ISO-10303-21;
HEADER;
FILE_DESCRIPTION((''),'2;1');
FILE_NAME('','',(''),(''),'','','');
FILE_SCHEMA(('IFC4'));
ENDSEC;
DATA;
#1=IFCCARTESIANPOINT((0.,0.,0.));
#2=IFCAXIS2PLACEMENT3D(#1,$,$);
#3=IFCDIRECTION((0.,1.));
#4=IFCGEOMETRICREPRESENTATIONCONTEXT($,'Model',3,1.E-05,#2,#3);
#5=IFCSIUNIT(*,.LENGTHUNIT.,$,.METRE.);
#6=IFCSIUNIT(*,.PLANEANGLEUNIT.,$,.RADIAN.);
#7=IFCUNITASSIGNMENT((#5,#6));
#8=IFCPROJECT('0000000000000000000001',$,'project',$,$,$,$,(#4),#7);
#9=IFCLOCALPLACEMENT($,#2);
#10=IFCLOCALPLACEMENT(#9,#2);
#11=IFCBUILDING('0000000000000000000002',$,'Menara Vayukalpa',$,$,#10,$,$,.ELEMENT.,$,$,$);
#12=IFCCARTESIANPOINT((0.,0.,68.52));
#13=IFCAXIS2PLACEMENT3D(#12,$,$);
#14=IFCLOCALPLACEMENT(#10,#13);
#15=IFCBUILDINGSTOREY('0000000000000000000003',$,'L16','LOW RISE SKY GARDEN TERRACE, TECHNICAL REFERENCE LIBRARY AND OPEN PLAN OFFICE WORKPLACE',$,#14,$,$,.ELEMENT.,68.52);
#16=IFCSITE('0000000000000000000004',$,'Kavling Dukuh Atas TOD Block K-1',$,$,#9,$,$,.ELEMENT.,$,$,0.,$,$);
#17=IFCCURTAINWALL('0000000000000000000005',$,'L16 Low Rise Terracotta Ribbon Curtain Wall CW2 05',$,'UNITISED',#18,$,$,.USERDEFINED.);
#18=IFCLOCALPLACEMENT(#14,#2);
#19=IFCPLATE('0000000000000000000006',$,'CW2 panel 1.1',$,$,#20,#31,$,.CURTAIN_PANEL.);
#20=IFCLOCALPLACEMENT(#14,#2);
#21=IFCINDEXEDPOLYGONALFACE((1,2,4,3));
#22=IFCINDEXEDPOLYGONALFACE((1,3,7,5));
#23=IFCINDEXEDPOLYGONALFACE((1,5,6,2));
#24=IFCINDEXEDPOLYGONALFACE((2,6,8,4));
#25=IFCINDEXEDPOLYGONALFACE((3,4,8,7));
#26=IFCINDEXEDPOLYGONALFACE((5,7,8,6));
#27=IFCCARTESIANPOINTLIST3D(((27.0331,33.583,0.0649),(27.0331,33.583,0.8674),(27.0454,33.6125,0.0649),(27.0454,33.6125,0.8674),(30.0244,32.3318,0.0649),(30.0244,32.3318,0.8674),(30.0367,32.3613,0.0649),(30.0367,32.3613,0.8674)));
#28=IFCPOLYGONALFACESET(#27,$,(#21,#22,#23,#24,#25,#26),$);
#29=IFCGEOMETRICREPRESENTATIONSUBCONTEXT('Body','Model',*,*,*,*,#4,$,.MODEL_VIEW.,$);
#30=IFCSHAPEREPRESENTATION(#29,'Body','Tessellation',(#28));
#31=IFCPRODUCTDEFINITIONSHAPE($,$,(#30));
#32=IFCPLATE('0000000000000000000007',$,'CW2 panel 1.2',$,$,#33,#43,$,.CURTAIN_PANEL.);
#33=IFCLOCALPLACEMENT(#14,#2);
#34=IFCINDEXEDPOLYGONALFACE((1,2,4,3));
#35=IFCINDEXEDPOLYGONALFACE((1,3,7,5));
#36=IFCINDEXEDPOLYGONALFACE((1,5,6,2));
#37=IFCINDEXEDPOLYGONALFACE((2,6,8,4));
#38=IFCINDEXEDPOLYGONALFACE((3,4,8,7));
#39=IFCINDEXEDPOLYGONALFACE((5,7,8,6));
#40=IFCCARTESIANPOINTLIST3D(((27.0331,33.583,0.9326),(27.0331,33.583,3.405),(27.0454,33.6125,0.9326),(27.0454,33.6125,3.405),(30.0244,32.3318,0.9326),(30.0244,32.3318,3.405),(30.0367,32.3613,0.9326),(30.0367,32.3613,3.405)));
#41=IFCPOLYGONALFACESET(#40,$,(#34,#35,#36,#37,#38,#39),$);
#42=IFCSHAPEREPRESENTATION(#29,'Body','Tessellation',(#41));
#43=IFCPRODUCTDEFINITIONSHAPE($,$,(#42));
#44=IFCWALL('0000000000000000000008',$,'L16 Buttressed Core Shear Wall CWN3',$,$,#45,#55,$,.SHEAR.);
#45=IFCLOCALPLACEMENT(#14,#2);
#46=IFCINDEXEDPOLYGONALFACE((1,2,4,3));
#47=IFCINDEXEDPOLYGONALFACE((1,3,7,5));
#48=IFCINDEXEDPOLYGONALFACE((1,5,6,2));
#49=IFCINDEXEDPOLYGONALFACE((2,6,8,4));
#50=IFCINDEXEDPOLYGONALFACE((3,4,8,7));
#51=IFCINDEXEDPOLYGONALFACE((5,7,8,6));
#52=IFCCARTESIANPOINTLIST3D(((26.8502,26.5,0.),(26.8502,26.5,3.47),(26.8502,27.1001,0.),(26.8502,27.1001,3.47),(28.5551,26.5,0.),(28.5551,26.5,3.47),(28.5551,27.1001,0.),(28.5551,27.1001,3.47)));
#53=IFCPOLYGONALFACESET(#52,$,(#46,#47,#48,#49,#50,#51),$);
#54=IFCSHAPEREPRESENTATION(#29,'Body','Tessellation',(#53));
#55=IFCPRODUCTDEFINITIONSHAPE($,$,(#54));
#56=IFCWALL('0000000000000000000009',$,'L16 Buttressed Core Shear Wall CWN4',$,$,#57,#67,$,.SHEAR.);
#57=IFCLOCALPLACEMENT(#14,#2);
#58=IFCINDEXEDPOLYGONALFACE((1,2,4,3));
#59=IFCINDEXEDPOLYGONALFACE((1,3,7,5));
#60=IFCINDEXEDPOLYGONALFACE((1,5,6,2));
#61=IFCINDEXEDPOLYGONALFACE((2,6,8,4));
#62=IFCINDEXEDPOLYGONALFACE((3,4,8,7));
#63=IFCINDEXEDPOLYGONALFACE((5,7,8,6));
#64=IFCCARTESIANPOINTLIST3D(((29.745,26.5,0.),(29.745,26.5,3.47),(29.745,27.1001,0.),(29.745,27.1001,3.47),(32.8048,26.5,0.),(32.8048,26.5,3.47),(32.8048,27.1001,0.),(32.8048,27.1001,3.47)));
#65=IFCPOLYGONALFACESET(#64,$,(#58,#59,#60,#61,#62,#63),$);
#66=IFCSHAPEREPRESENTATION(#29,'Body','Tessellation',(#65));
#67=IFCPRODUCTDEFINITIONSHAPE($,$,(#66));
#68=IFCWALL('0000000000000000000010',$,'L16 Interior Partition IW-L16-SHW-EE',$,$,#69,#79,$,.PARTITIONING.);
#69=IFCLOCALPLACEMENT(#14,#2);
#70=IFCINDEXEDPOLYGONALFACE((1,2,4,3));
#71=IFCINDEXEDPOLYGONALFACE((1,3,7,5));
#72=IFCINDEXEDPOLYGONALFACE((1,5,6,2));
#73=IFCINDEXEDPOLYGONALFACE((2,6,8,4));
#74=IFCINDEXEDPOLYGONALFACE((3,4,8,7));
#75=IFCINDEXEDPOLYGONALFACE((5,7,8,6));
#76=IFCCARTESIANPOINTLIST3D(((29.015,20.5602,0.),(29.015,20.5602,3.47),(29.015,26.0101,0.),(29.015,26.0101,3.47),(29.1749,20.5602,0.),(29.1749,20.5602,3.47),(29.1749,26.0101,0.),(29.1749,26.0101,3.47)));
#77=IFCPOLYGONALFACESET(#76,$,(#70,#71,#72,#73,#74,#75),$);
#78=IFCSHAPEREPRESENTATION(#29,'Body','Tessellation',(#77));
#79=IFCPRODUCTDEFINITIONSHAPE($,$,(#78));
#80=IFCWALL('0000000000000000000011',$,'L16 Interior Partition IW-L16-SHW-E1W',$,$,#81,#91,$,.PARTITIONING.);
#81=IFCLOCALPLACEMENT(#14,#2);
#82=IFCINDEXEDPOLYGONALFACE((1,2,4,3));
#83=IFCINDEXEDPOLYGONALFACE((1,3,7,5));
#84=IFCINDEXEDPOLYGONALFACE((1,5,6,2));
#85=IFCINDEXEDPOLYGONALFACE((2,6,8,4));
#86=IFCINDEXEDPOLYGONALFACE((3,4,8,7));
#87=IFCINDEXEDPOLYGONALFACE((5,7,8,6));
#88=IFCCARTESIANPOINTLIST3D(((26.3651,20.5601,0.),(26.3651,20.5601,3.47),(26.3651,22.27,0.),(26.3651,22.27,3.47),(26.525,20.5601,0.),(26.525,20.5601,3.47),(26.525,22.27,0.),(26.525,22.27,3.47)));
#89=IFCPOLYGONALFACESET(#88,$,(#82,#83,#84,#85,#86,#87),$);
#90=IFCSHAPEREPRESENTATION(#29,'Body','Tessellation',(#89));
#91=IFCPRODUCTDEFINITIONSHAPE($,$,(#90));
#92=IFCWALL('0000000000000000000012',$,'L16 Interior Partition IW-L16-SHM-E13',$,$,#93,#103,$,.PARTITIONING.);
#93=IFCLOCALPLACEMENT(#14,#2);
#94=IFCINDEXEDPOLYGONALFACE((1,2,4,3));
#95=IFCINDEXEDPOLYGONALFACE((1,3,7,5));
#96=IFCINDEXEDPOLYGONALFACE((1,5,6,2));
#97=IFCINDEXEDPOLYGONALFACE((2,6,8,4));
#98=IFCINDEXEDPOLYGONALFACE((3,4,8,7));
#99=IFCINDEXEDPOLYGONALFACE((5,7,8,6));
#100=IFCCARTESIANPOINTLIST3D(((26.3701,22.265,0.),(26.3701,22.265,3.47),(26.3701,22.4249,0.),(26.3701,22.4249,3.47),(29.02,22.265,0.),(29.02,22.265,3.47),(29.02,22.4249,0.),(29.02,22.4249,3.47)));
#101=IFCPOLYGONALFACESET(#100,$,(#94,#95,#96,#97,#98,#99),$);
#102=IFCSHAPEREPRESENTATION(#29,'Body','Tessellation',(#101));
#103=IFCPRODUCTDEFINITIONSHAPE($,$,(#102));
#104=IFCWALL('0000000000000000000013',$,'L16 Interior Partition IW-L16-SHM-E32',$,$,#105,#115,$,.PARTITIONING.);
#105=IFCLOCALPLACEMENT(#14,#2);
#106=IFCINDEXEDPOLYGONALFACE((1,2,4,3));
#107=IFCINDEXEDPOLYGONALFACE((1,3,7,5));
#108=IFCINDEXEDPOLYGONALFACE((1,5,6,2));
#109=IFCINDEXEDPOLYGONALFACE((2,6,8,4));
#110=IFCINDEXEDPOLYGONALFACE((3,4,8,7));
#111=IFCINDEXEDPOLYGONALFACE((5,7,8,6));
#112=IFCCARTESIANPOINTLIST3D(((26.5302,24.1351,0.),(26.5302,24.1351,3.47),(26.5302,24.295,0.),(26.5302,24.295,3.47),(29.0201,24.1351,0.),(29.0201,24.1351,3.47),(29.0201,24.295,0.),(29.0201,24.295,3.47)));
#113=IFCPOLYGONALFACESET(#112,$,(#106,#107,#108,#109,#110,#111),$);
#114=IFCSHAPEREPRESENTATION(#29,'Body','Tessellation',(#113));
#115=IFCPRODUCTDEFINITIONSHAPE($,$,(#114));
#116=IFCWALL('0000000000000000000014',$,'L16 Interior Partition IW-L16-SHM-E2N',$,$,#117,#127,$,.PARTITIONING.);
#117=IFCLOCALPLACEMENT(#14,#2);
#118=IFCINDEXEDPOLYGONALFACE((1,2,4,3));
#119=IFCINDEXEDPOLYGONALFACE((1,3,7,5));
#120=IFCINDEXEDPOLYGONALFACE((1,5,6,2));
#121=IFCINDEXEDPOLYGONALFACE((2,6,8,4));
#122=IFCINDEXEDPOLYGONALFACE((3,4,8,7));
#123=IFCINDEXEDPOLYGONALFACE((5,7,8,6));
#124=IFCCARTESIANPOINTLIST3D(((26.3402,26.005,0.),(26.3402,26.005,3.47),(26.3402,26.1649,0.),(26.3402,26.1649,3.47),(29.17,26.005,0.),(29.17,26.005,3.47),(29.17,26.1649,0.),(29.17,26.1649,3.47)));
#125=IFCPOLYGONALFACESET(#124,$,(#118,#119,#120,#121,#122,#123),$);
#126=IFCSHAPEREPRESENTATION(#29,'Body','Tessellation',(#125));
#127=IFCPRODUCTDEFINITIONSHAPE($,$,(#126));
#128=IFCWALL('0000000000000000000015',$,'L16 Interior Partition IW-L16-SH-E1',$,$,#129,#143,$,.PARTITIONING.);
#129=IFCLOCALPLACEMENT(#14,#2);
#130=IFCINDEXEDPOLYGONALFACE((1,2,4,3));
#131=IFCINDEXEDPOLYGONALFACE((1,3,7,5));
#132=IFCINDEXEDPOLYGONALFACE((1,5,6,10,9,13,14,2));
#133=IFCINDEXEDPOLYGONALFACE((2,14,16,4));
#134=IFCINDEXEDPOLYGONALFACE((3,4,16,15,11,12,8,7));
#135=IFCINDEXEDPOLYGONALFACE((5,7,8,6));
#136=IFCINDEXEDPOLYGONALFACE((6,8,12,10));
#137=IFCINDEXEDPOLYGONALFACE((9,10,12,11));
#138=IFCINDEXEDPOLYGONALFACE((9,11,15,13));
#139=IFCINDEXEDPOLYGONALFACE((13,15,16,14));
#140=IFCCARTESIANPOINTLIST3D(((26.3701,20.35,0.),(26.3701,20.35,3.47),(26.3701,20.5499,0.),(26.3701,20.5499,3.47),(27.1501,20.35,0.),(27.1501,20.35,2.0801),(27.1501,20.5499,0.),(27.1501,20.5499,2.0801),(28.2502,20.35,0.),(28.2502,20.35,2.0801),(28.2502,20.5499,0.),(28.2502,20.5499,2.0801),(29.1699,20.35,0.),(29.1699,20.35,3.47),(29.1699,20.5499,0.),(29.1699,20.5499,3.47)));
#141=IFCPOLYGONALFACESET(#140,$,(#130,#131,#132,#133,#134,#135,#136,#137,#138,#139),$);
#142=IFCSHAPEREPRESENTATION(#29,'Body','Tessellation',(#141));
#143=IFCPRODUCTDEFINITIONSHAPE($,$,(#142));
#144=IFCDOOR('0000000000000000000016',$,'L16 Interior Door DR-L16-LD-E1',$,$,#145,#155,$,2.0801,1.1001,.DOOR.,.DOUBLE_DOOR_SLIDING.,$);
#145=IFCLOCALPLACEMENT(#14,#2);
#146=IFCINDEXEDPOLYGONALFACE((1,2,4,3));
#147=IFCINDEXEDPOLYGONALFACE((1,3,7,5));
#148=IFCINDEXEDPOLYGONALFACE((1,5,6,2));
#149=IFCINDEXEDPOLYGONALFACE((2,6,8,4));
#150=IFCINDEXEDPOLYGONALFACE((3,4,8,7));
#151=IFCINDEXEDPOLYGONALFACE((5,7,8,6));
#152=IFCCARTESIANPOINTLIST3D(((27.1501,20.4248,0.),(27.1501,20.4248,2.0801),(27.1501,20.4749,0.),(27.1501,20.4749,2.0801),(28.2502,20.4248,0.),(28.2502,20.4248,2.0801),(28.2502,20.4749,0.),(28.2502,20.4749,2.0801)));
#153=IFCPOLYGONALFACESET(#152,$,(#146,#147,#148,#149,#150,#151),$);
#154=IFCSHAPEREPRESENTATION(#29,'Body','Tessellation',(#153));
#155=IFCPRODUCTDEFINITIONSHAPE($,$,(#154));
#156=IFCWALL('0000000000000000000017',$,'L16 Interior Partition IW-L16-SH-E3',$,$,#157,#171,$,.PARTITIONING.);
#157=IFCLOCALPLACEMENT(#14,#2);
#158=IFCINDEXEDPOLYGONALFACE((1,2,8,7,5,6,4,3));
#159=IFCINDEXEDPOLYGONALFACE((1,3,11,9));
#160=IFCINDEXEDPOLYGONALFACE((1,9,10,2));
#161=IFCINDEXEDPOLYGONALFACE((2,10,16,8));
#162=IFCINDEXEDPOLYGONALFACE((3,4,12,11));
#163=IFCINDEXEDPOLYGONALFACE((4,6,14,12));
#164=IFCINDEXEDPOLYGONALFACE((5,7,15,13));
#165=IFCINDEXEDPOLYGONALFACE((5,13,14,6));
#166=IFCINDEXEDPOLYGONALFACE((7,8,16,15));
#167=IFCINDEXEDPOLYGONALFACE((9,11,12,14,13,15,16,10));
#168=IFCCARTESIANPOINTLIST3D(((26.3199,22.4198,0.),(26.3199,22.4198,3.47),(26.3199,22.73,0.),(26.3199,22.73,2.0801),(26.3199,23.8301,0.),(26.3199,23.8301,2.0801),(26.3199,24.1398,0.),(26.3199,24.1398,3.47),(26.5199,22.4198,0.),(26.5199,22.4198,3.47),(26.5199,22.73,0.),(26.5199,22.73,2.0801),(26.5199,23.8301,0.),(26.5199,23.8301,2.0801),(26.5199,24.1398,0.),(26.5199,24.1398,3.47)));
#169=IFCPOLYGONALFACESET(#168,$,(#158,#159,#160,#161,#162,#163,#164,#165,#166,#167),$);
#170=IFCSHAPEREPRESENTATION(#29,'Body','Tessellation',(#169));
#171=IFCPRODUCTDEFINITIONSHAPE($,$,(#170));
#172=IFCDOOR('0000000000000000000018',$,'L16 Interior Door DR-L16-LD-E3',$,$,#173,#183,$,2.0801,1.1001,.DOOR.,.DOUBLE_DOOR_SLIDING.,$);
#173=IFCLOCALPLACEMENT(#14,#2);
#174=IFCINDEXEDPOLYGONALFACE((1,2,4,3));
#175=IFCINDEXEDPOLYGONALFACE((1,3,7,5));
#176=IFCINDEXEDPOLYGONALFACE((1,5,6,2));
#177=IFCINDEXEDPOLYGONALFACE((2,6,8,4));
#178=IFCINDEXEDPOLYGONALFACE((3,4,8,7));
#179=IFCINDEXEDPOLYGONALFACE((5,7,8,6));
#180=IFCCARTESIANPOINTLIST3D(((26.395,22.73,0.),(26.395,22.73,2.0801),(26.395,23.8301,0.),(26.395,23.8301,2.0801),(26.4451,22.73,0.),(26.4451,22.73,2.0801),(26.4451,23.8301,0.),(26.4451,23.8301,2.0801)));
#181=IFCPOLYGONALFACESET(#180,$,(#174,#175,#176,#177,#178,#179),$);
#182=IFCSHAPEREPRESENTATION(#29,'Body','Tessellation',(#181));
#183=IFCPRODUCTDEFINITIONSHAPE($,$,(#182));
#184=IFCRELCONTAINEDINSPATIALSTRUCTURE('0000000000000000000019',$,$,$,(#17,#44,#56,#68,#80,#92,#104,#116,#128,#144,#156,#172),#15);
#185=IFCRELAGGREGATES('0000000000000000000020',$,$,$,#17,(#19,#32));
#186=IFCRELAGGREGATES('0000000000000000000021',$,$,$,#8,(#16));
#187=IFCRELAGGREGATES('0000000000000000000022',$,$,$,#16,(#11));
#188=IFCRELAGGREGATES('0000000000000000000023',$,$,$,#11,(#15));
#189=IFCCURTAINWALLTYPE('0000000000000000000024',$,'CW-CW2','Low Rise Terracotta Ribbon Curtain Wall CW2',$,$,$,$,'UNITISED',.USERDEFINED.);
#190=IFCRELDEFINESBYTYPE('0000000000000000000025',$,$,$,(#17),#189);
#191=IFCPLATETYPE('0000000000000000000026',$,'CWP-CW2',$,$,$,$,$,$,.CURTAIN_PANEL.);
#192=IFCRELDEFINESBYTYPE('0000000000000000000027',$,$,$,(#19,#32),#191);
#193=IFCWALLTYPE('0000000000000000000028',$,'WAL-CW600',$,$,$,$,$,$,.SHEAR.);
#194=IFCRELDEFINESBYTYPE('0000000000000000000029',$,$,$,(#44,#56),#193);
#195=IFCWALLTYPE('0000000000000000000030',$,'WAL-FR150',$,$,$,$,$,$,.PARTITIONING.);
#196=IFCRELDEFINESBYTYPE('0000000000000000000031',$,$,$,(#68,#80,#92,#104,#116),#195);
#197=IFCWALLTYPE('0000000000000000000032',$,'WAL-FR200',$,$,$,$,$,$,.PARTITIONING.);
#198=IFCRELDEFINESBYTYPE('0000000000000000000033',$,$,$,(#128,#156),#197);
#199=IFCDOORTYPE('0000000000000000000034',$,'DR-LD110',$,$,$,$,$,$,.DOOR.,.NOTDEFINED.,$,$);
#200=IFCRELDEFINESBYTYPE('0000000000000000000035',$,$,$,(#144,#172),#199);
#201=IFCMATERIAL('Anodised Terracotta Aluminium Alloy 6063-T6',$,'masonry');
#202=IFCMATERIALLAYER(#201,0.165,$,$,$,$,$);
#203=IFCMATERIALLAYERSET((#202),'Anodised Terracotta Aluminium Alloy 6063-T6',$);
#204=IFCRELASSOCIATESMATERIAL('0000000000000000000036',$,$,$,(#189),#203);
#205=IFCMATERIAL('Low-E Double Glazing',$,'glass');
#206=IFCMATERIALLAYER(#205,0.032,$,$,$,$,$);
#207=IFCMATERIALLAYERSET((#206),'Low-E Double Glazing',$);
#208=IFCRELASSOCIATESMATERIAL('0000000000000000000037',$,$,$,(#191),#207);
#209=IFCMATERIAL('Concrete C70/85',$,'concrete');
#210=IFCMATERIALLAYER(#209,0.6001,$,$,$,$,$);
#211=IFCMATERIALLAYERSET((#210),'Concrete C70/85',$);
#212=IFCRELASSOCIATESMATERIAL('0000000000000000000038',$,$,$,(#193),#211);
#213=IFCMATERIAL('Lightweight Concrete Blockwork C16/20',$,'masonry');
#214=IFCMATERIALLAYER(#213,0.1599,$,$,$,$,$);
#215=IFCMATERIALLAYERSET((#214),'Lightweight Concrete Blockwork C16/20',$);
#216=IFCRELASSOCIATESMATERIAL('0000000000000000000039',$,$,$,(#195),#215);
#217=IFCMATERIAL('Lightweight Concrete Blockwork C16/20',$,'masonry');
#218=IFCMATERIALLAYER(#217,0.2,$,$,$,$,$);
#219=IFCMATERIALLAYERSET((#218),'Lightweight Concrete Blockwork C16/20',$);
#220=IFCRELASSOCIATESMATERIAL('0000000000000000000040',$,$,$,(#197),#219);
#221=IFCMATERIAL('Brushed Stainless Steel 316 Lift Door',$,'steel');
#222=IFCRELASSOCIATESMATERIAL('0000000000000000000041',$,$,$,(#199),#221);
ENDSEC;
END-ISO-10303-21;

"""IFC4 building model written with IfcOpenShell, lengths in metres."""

from ifc_helpers import new_model, si_unit, direction, frame, frame_2d, origin, origin_2d, place, context, subcontext, project, spatial, rectangle, extrude, material, layer, layer_set, type_object, element, fill, aggregate, save


model = new_model("IFC4")

# Units and contexts
model_context = context("Model", 3, precision=1e-05, world=origin(), true_north=direction((0.0, 1.0)))
body_context = subcontext(model_context, "Body", "Model", "MODEL_VIEW")
ifc_project = project(units=[si_unit("LENGTHUNIT", "METRE"), si_unit("PLANEANGLEUNIT", "RADIAN")], contexts=[model_context])

# Site, building, storey
site_placement = place(None, origin())
site = spatial("IfcSite", under=ifc_project, at=site_placement, Name="Kavling Dukuh Atas TOD Block K-1", CompositionType="ELEMENT", RefElevation=0.0)
building_placement = place(site_placement, origin())
building = spatial("IfcBuilding", under=site, at=building_placement, Name="Menara Vayukalpa", CompositionType="ELEMENT")
storey_placement = place(building_placement, frame((0.0, 0.0, 68.52)))
storey = spatial("IfcBuildingStorey", under=building, at=storey_placement, Name="L16", Description="LOW RISE SKY GARDEN TERRACE, TECHNICAL REFERENCE LIBRARY AND OPEN PLAN OFFICE WORKPLACE", CompositionType="ELEMENT", Elevation=68.52)

# Shared definitions
ifc_material_1 = material(Name="Anodised Terracotta Aluminium Alloy 6063-T6", Category="masonry")
ifc_layer_1 = layer(ifc_material_1, 0.165)
ifc_layer_set_1 = layer_set([ifc_layer_1], Name="Anodised Terracotta Aluminium Alloy 6063-T6")
curtain_wall_type = type_object("IfcCurtainWallType", Name="CW-CW2", Description="Low Rise Terracotta Ribbon Curtain Wall CW2", ElementType="UNITISED", PredefinedType="USERDEFINED", material=ifc_layer_set_1)

# Curtain wall, plates
curtain_wall_1_placement = place(storey_placement, origin())
curtain_wall_1 = element("IfcCurtainWall", 1, at=curtain_wall_1_placement, inside=storey, type_object=curtain_wall_type, Name="L16 Low Rise Terracotta Ribbon Curtain Wall CW2 05", ObjectType="UNITISED", PredefinedType="USERDEFINED")
ifc_material_2 = material(Name="Low-E Double Glazing", Category="glass")
ifc_layer_2 = layer(ifc_material_2, 0.032)
ifc_layer_set_2 = layer_set([ifc_layer_2], Name="Low-E Double Glazing")
plate_type = type_object("IfcPlateType", Name="CWP-CW2", PredefinedType="CURTAIN_PANEL", material=ifc_layer_set_2)
plate_1_placement = place(storey_placement, frame((28.5349, 32.9722, 0.0649), z_axis=(0.0, 0.0, 1.0), x_axis=(-0.922543, 0.385895, 0.0)))
plate_1 = element("IfcPlate", 2, at=plate_1_placement, type_object=plate_type, Name="CW2 panel 1.1", PredefinedType="CURTAIN_PANEL", context=body_context, shape_type="SweptSolid", body=[
    extrude(rectangle(XDim=3.2424, YDim=0.032, at=origin_2d()), origin(), (0.0, 0.0, 1.0), 0.8025),
])
plate_2_placement = place(storey_placement, frame((28.5349, 32.9722, 0.9326), z_axis=(0.0, 0.0, 1.0), x_axis=(-0.922543, 0.385895, 0.0)))
plate_2 = element("IfcPlate", 3, at=plate_2_placement, type_object=plate_type, Name="CW2 panel 1.2", PredefinedType="CURTAIN_PANEL", context=body_context, shape_type="SweptSolid", body=[
    extrude(rectangle(XDim=3.2424, YDim=0.032, at=origin_2d()), origin(), (0.0, 0.0, 1.0), 2.4724),
])
aggregate(curtain_wall_1, [plate_1, plate_2])

# Walls
ifc_material_3 = material(Name="Concrete C70/85", Category="concrete")
ifc_layer_3 = layer(ifc_material_3, 0.6001)
ifc_layer_set_3 = layer_set([ifc_layer_3], Name="Concrete C70/85")
wall_type_1 = type_object("IfcWallType", Name="WAL-CW600", PredefinedType="SHEAR", material=ifc_layer_set_3)
wall_1_placement = place(storey_placement, frame((26.8501, 26.8, 0.0), z_axis=(0.0, 0.0, 1.0), x_axis=(1.0, 0.0, 0.0)))
element("IfcWall", 4, at=wall_1_placement, inside=storey, type_object=wall_type_1, Name="L16 Buttressed Core Shear Wall CWN3", PredefinedType="SHEAR", context=body_context, shape_type="SweptSolid", body=[
    extrude(rectangle(XDim=1.7048, YDim=0.6001, at=frame_2d((0.8525, 0.0))), origin(), (0.0, 0.0, 1.0), 3.47),
])
wall_2_placement = place(storey_placement, frame((29.7451, 26.8, 0.0), z_axis=(0.0, 0.0, 1.0), x_axis=(1.0, 0.0, 0.0)))
element("IfcWall", 5, at=wall_2_placement, inside=storey, type_object=wall_type_1, Name="L16 Buttressed Core Shear Wall CWN4", PredefinedType="SHEAR", context=body_context, shape_type="SweptSolid", body=[
    extrude(rectangle(XDim=3.0598, YDim=0.6001, at=frame_2d((1.5298, 0.0))), origin(), (0.0, 0.0, 1.0), 3.47),
])
ifc_material_4 = material(Name="Lightweight Concrete Blockwork C16/20", Category="masonry")
ifc_layer_4 = layer(ifc_material_4, 0.1599)
ifc_layer_set_4 = layer_set([ifc_layer_4], Name="Lightweight Concrete Blockwork C16/20")
wall_type_2 = type_object("IfcWallType", Name="WAL-FR150", PredefinedType="PARTITIONING", material=ifc_layer_set_4)
wall_3_placement = place(storey_placement, frame((29.095, 20.5601, 0.0), z_axis=(0.0, 0.0, 1.0), x_axis=(0.0, 1.0, 0.0)))
element("IfcWall", 6, at=wall_3_placement, inside=storey, type_object=wall_type_2, Name="L16 Interior Partition IW-L16-SHW-EE", PredefinedType="PARTITIONING", context=body_context, shape_type="SweptSolid", body=[
    extrude(rectangle(XDim=5.45, YDim=0.1599, at=frame_2d((2.7251, 0.0))), origin(), (0.0, 0.0, 1.0), 3.47),
])
wall_4_placement = place(storey_placement, frame((26.4451, 20.5601, 0.0), z_axis=(0.0, 0.0, 1.0), x_axis=(0.0, 1.0, 0.0)))
element("IfcWall", 7, at=wall_4_placement, inside=storey, type_object=wall_type_2, Name="L16 Interior Partition IW-L16-SHW-E1W", PredefinedType="PARTITIONING", context=body_context, shape_type="SweptSolid", body=[
    extrude(rectangle(XDim=1.71, YDim=0.1599, at=frame_2d((0.855, 0.0))), origin(), (0.0, 0.0, 1.0), 3.47),
])
wall_5_placement = place(storey_placement, frame((26.3701, 22.345, 0.0), z_axis=(0.0, 0.0, 1.0), x_axis=(1.0, 0.0, 0.0)))
element("IfcWall", 8, at=wall_5_placement, inside=storey, type_object=wall_type_2, Name="L16 Interior Partition IW-L16-SHM-E13", PredefinedType="PARTITIONING", context=body_context, shape_type="SweptSolid", body=[
    extrude(rectangle(XDim=2.6499, YDim=0.1599, at=frame_2d((1.325, 0.0))), origin(), (0.0, 0.0, 1.0), 3.47),
])
wall_6_placement = place(storey_placement, frame((26.53, 24.2151, 0.0), z_axis=(0.0, 0.0, 1.0), x_axis=(1.0, 0.0, 0.0)))
element("IfcWall", 9, at=wall_6_placement, inside=storey, type_object=wall_type_2, Name="L16 Interior Partition IW-L16-SHM-E32", PredefinedType="PARTITIONING", context=body_context, shape_type="SweptSolid", body=[
    extrude(rectangle(XDim=2.49, YDim=0.1599, at=frame_2d((1.2451, 0.0))), origin(), (0.0, 0.0, 1.0), 3.47),
])
wall_7_placement = place(storey_placement, frame((26.3401, 26.085, 0.0), z_axis=(0.0, 0.0, 1.0), x_axis=(1.0, 0.0, 0.0)))
element("IfcWall", 10, at=wall_7_placement, inside=storey, type_object=wall_type_2, Name="L16 Interior Partition IW-L16-SHM-E2N", PredefinedType="PARTITIONING", context=body_context, shape_type="SweptSolid", body=[
    extrude(rectangle(XDim=2.8298, YDim=0.1599, at=frame_2d((1.415, 0.0))), origin(), (0.0, 0.0, 1.0), 3.47),
])

# Walls, openings, doors
ifc_material_5 = material(Name="Lightweight Concrete Blockwork C16/20", Category="masonry")
ifc_layer_5 = layer(ifc_material_5, 0.2)
ifc_layer_set_5 = layer_set([ifc_layer_5], Name="Lightweight Concrete Blockwork C16/20")
wall_type_3 = type_object("IfcWallType", Name="WAL-FR200", PredefinedType="PARTITIONING", material=ifc_layer_set_5)
wall_8_placement = place(storey_placement, frame((26.3701, 20.45, 0.0), z_axis=(0.0, 0.0, 1.0), x_axis=(1.0, 0.0, 0.0)))
wall_8 = element("IfcWall", 11, at=wall_8_placement, inside=storey, type_object=wall_type_3, Name="L16 Interior Partition IW-L16-SH-E1", PredefinedType="PARTITIONING", context=body_context, shape_type="SweptSolid", body=[
    extrude(rectangle(XDim=2.7998, YDim=0.2, at=frame_2d((1.3999, 0.0))), origin(), (0.0, 0.0, 1.0), 3.47),
])
opening_1_placement = place(wall_8_placement, frame((0.78, 0.0, 0.0)))
opening_1 = element("IfcOpeningElement", 12, at=opening_1_placement, cuts=wall_8, PredefinedType="OPENING", context=body_context, shape_type="SweptSolid", body=[
    extrude(rectangle(XDim=1.1001, YDim=2.0801, at=frame_2d((0.55, 1.04))), frame((0.0, 0.1099, 0.0), z_axis=(0.0, -1.0, 0.0), x_axis=(1.0, 0.0, 0.0)), (0.0, 0.0, 1.0), 0.22),
])
ifc_material_6 = material(Name="Brushed Stainless Steel 316 Lift Door", Category="steel")
door_type_1 = type_object("IfcDoorType", Name="DR-LD110", OperationType="NOTDEFINED", PredefinedType="DOOR", material=ifc_material_6)
door_1_placement = place(opening_1_placement, origin())
door_1 = element("IfcDoor", 13, at=door_1_placement, inside=storey, type_object=door_type_1, Name="L16 Interior Door DR-L16-LD-E1", OperationType="DOUBLE_DOOR_SLIDING", OverallHeight=2.0801, OverallWidth=1.1001, PredefinedType="DOOR", context=body_context, shape_type="SweptSolid", body=[
    extrude(rectangle(XDim=1.1001, YDim=2.0801, at=frame_2d((0.55, 1.04))), frame((0.0, 0.0249, 0.0), z_axis=(0.0, -1.0, 0.0), x_axis=(1.0, 0.0, 0.0)), (0.0, 0.0, 1.0), 0.05),
])
fill(opening_1, door_1)
wall_9_placement = place(storey_placement, frame((26.4199, 22.4199, 0.0), z_axis=(0.0, 0.0, 1.0), x_axis=(0.0, 1.0, 0.0)))
wall_9 = element("IfcWall", 14, at=wall_9_placement, inside=storey, type_object=wall_type_3, Name="L16 Interior Partition IW-L16-SH-E3", PredefinedType="PARTITIONING", context=body_context, shape_type="SweptSolid", body=[
    extrude(rectangle(XDim=1.72, YDim=0.2, at=frame_2d((0.8599, 0.0))), origin(), (0.0, 0.0, 1.0), 3.47),
])
opening_2_placement = place(wall_9_placement, frame((0.3101, 0.0, 0.0)))
opening_2 = element("IfcOpeningElement", 15, at=opening_2_placement, cuts=wall_9, PredefinedType="OPENING", context=body_context, shape_type="SweptSolid", body=[
    extrude(rectangle(XDim=1.1001, YDim=2.0801, at=frame_2d((0.55, 1.04))), frame((0.0, 0.1099, 0.0), z_axis=(0.0, -1.0, 0.0), x_axis=(1.0, 0.0, 0.0)), (0.0, 0.0, 1.0), 0.22),
])
door_2_placement = place(opening_2_placement, origin())
door_2 = element("IfcDoor", 16, at=door_2_placement, inside=storey, type_object=door_type_1, Name="L16 Interior Door DR-L16-LD-E3", OperationType="DOUBLE_DOOR_SLIDING", OverallHeight=2.0801, OverallWidth=1.1001, PredefinedType="DOOR", context=body_context, shape_type="SweptSolid", body=[
    extrude(rectangle(XDim=1.1001, YDim=2.0801, at=frame_2d((0.55, 1.04))), frame((0.0, 0.0249, 0.0), z_axis=(0.0, -1.0, 0.0), x_axis=(1.0, 0.0, 0.0)), (0.0, 0.0, 1.0), 0.05),
])
fill(opening_2, door_2)

save(model, "model.ifc")
